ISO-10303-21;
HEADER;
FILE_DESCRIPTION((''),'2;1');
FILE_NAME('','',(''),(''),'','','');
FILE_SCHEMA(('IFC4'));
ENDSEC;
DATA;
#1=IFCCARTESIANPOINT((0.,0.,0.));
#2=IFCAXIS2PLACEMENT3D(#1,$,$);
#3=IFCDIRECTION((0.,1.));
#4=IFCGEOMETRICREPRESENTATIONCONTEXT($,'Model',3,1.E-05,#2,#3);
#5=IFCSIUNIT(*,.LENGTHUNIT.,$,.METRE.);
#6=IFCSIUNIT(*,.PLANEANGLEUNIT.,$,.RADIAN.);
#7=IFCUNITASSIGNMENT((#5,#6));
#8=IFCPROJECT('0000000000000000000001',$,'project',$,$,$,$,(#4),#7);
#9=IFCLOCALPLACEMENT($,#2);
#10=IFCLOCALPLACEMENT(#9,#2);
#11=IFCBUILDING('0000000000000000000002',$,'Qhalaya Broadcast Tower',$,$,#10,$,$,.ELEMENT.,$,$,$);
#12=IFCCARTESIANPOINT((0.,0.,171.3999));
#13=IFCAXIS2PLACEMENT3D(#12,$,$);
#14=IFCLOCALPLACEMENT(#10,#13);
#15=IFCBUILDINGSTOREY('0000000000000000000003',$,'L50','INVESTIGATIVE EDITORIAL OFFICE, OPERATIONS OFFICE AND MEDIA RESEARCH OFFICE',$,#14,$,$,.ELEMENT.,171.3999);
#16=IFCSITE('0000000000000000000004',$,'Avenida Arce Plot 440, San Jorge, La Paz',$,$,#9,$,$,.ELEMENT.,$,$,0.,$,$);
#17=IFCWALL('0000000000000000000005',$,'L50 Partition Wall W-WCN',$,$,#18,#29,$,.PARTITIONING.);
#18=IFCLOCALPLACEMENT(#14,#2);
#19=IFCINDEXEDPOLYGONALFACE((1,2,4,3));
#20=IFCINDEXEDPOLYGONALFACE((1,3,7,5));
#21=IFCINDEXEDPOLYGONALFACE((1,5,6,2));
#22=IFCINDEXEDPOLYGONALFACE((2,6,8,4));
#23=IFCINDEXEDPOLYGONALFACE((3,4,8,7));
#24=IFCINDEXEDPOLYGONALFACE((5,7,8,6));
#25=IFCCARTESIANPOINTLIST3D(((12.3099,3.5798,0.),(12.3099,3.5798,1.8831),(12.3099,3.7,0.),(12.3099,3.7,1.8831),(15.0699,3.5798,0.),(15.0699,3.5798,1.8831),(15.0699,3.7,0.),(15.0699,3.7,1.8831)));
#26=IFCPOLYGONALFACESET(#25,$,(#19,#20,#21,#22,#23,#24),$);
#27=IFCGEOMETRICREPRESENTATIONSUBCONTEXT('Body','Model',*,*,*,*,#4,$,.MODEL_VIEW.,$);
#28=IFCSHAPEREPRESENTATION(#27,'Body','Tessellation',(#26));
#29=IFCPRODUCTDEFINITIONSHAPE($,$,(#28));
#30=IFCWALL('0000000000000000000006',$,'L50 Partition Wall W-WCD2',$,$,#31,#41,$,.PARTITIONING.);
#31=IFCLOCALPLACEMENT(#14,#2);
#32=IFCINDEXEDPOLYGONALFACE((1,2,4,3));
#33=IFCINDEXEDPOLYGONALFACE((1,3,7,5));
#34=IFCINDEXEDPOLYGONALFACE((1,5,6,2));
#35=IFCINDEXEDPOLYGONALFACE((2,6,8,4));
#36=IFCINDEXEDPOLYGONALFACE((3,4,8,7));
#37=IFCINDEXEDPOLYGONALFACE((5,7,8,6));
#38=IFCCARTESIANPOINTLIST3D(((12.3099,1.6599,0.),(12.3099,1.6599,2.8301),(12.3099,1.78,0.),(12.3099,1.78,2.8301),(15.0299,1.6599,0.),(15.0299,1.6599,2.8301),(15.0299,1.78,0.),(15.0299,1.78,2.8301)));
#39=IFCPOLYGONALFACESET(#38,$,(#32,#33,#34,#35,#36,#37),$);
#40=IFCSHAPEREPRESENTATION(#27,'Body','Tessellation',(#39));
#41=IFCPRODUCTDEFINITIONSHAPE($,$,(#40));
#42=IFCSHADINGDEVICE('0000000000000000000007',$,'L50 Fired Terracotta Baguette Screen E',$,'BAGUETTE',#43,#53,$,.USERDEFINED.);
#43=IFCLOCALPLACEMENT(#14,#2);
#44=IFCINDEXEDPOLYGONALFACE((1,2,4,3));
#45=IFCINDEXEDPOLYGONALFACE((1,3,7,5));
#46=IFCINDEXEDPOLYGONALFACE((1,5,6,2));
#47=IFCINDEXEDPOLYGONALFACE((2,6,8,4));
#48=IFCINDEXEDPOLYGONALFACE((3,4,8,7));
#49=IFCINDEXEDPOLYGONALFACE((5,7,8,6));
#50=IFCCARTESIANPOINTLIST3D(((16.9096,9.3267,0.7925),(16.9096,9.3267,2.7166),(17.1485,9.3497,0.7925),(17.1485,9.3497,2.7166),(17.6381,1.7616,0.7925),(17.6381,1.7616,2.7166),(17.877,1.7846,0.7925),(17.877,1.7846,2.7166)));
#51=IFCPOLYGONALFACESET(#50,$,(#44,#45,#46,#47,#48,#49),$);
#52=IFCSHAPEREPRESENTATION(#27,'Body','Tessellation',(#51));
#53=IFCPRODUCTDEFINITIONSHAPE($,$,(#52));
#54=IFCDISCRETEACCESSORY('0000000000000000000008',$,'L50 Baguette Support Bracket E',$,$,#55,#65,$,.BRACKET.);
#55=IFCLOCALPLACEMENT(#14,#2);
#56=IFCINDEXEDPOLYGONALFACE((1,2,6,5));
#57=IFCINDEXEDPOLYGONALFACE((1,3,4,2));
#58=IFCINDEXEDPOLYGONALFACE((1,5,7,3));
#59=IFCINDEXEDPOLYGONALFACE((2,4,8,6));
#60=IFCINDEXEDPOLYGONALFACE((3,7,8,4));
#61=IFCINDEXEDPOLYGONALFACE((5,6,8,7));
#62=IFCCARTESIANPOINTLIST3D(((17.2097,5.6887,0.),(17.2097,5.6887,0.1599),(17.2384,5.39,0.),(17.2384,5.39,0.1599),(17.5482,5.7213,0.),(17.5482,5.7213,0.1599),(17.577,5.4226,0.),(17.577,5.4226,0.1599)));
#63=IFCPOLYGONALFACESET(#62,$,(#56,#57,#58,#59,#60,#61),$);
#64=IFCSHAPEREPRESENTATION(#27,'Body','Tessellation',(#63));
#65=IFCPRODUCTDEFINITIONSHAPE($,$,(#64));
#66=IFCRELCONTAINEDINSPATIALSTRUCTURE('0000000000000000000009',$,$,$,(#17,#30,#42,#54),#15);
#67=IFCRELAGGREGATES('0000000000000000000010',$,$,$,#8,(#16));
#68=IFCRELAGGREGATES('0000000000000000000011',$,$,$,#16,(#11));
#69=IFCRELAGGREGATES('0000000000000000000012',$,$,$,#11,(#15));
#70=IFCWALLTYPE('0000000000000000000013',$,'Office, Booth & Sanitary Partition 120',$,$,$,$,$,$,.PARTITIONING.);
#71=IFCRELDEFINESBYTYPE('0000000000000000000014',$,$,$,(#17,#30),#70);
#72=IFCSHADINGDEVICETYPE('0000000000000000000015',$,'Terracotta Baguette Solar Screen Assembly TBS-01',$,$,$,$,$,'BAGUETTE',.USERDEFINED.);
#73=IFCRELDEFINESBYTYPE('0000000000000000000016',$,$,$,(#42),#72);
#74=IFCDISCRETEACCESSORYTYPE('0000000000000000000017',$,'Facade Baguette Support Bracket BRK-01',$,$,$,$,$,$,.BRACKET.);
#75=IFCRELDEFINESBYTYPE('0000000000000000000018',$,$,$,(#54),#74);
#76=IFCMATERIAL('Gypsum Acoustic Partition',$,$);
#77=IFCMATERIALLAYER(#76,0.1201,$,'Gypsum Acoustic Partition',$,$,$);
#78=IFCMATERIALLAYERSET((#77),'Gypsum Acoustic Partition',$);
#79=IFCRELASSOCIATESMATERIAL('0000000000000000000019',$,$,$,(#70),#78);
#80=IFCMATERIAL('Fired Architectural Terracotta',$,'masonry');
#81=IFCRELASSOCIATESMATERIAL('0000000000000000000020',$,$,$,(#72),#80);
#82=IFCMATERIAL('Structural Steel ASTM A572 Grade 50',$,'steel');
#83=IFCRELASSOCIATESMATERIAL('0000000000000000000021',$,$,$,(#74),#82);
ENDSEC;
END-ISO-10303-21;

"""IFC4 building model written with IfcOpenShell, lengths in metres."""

from ifc_helpers import new_model, si_unit, direction, frame, frame_2d, origin, origin_2d, place, context, subcontext, project, spatial, rectangle, extrude, material, layer, layer_set, type_object, element, save


model = new_model("IFC4")

# Units and contexts
model_context = context("Model", 3, precision=1e-05, world=origin(), true_north=direction((0.0, 1.0)))
body_context = subcontext(model_context, "Body", "Model", "MODEL_VIEW")
ifc_project = project(units=[si_unit("LENGTHUNIT", "METRE"), si_unit("PLANEANGLEUNIT", "RADIAN")], contexts=[model_context])

# Site, building, storey
site_placement = place(None, origin())
site = spatial("IfcSite", under=ifc_project, at=site_placement, Name="Avenida Arce Plot 440, San Jorge, La Paz", CompositionType="ELEMENT", RefElevation=0.0)
building_placement = place(site_placement, origin())
building = spatial("IfcBuilding", under=site, at=building_placement, Name="Qhalaya Broadcast Tower", CompositionType="ELEMENT")
storey_placement = place(building_placement, frame((0.0, 0.0, 171.3999)))
storey = spatial("IfcBuildingStorey", under=building, at=storey_placement, Name="L50", Description="INVESTIGATIVE EDITORIAL OFFICE, OPERATIONS OFFICE AND MEDIA RESEARCH OFFICE", CompositionType="ELEMENT", Elevation=171.3999)

# Shared definitions
ifc_material_1 = material(Name="Fired Architectural Terracotta", Category="masonry")

# Shared definitions
ifc_material_2 = material(Name="Gypsum Acoustic Partition")
ifc_layer_1 = layer(ifc_material_2, 0.1201, Name="Gypsum Acoustic Partition")
ifc_layer_set_1 = layer_set([ifc_layer_1], Name="Gypsum Acoustic Partition")
wall_type_1 = type_object("IfcWallType", Name="Office, Booth & Sanitary Partition 120", PredefinedType="PARTITIONING", material=ifc_layer_set_1)

# Walls
wall_1_placement = place(storey_placement, frame((12.3101, 3.6399, 0.0), z_axis=(0.0, 0.0, 1.0), x_axis=(1.0, 0.0, 0.0)))
element("IfcWall", 1, at=wall_1_placement, inside=storey, type_object=wall_type_1, Name="L50 Partition Wall W-WCN", PredefinedType="PARTITIONING", context=body_context, shape_type="SweptSolid", body=[
    extrude(rectangle(XDim=2.76, YDim=0.1201, at=frame_2d((1.3799, 0.0))), origin(), (0.0, 0.0, 1.0), 1.8831),
])
wall_2_placement = place(storey_placement, frame((12.3101, 1.72, 0.0), z_axis=(0.0, 0.0, 1.0), x_axis=(1.0, 0.0, 0.0)))
element("IfcWall", 2, at=wall_2_placement, inside=storey, type_object=wall_type_1, Name="L50 Partition Wall W-WCD2", PredefinedType="PARTITIONING", context=body_context, shape_type="SweptSolid", body=[
    extrude(rectangle(XDim=2.72, YDim=0.1201, at=frame_2d((1.3599, 0.0))), origin(), (0.0, 0.0, 1.0), 2.8301),
])

# Shading device
shading_device_type = type_object("IfcShadingDeviceType", Name="Terracotta Baguette Solar Screen Assembly TBS-01", ElementType="BAGUETTE", PredefinedType="USERDEFINED", material=ifc_material_1)
shading_device_placement = place(storey_placement, frame((17.3933, 5.5557, 0.7925), z_axis=(0.0, 0.0, 1.0), x_axis=(-0.095846, 0.995396, 0.0)))
element("IfcShadingDevice", 3, at=shading_device_placement, inside=storey, type_object=shading_device_type, Name="L50 Fired Terracotta Baguette Screen E", ObjectType="BAGUETTE", PredefinedType="USERDEFINED", context=body_context, shape_type="SweptSolid", body=[
    extrude(rectangle(XDim=7.6001, YDim=0.24, at=origin_2d()), origin(), (0.0, 0.0, 1.0), 1.9241),
])

# Discrete accessory
ifc_material_3 = material(Name="Structural Steel ASTM A572 Grade 50", Category="steel")
discrete_accessory_type = type_object("IfcDiscreteAccessoryType", Name="Facade Baguette Support Bracket BRK-01", PredefinedType="BRACKET", material=ifc_material_3)
discrete_accessory_placement = place(storey_placement, frame((17.3933, 5.5557, 0.0), z_axis=(0.0, 0.0, 1.0), x_axis=(-0.095846, 0.995396, 0.0)))
element("IfcDiscreteAccessory", 4, at=discrete_accessory_placement, inside=storey, type_object=discrete_accessory_type, Name="L50 Baguette Support Bracket E", PredefinedType="BRACKET", context=body_context, shape_type="SweptSolid", body=[
    extrude(rectangle(XDim=0.3, YDim=0.3401, at=origin_2d()), origin(), (0.0, 0.0, 1.0), 0.1599),
])

save(model, "model.ifc")
